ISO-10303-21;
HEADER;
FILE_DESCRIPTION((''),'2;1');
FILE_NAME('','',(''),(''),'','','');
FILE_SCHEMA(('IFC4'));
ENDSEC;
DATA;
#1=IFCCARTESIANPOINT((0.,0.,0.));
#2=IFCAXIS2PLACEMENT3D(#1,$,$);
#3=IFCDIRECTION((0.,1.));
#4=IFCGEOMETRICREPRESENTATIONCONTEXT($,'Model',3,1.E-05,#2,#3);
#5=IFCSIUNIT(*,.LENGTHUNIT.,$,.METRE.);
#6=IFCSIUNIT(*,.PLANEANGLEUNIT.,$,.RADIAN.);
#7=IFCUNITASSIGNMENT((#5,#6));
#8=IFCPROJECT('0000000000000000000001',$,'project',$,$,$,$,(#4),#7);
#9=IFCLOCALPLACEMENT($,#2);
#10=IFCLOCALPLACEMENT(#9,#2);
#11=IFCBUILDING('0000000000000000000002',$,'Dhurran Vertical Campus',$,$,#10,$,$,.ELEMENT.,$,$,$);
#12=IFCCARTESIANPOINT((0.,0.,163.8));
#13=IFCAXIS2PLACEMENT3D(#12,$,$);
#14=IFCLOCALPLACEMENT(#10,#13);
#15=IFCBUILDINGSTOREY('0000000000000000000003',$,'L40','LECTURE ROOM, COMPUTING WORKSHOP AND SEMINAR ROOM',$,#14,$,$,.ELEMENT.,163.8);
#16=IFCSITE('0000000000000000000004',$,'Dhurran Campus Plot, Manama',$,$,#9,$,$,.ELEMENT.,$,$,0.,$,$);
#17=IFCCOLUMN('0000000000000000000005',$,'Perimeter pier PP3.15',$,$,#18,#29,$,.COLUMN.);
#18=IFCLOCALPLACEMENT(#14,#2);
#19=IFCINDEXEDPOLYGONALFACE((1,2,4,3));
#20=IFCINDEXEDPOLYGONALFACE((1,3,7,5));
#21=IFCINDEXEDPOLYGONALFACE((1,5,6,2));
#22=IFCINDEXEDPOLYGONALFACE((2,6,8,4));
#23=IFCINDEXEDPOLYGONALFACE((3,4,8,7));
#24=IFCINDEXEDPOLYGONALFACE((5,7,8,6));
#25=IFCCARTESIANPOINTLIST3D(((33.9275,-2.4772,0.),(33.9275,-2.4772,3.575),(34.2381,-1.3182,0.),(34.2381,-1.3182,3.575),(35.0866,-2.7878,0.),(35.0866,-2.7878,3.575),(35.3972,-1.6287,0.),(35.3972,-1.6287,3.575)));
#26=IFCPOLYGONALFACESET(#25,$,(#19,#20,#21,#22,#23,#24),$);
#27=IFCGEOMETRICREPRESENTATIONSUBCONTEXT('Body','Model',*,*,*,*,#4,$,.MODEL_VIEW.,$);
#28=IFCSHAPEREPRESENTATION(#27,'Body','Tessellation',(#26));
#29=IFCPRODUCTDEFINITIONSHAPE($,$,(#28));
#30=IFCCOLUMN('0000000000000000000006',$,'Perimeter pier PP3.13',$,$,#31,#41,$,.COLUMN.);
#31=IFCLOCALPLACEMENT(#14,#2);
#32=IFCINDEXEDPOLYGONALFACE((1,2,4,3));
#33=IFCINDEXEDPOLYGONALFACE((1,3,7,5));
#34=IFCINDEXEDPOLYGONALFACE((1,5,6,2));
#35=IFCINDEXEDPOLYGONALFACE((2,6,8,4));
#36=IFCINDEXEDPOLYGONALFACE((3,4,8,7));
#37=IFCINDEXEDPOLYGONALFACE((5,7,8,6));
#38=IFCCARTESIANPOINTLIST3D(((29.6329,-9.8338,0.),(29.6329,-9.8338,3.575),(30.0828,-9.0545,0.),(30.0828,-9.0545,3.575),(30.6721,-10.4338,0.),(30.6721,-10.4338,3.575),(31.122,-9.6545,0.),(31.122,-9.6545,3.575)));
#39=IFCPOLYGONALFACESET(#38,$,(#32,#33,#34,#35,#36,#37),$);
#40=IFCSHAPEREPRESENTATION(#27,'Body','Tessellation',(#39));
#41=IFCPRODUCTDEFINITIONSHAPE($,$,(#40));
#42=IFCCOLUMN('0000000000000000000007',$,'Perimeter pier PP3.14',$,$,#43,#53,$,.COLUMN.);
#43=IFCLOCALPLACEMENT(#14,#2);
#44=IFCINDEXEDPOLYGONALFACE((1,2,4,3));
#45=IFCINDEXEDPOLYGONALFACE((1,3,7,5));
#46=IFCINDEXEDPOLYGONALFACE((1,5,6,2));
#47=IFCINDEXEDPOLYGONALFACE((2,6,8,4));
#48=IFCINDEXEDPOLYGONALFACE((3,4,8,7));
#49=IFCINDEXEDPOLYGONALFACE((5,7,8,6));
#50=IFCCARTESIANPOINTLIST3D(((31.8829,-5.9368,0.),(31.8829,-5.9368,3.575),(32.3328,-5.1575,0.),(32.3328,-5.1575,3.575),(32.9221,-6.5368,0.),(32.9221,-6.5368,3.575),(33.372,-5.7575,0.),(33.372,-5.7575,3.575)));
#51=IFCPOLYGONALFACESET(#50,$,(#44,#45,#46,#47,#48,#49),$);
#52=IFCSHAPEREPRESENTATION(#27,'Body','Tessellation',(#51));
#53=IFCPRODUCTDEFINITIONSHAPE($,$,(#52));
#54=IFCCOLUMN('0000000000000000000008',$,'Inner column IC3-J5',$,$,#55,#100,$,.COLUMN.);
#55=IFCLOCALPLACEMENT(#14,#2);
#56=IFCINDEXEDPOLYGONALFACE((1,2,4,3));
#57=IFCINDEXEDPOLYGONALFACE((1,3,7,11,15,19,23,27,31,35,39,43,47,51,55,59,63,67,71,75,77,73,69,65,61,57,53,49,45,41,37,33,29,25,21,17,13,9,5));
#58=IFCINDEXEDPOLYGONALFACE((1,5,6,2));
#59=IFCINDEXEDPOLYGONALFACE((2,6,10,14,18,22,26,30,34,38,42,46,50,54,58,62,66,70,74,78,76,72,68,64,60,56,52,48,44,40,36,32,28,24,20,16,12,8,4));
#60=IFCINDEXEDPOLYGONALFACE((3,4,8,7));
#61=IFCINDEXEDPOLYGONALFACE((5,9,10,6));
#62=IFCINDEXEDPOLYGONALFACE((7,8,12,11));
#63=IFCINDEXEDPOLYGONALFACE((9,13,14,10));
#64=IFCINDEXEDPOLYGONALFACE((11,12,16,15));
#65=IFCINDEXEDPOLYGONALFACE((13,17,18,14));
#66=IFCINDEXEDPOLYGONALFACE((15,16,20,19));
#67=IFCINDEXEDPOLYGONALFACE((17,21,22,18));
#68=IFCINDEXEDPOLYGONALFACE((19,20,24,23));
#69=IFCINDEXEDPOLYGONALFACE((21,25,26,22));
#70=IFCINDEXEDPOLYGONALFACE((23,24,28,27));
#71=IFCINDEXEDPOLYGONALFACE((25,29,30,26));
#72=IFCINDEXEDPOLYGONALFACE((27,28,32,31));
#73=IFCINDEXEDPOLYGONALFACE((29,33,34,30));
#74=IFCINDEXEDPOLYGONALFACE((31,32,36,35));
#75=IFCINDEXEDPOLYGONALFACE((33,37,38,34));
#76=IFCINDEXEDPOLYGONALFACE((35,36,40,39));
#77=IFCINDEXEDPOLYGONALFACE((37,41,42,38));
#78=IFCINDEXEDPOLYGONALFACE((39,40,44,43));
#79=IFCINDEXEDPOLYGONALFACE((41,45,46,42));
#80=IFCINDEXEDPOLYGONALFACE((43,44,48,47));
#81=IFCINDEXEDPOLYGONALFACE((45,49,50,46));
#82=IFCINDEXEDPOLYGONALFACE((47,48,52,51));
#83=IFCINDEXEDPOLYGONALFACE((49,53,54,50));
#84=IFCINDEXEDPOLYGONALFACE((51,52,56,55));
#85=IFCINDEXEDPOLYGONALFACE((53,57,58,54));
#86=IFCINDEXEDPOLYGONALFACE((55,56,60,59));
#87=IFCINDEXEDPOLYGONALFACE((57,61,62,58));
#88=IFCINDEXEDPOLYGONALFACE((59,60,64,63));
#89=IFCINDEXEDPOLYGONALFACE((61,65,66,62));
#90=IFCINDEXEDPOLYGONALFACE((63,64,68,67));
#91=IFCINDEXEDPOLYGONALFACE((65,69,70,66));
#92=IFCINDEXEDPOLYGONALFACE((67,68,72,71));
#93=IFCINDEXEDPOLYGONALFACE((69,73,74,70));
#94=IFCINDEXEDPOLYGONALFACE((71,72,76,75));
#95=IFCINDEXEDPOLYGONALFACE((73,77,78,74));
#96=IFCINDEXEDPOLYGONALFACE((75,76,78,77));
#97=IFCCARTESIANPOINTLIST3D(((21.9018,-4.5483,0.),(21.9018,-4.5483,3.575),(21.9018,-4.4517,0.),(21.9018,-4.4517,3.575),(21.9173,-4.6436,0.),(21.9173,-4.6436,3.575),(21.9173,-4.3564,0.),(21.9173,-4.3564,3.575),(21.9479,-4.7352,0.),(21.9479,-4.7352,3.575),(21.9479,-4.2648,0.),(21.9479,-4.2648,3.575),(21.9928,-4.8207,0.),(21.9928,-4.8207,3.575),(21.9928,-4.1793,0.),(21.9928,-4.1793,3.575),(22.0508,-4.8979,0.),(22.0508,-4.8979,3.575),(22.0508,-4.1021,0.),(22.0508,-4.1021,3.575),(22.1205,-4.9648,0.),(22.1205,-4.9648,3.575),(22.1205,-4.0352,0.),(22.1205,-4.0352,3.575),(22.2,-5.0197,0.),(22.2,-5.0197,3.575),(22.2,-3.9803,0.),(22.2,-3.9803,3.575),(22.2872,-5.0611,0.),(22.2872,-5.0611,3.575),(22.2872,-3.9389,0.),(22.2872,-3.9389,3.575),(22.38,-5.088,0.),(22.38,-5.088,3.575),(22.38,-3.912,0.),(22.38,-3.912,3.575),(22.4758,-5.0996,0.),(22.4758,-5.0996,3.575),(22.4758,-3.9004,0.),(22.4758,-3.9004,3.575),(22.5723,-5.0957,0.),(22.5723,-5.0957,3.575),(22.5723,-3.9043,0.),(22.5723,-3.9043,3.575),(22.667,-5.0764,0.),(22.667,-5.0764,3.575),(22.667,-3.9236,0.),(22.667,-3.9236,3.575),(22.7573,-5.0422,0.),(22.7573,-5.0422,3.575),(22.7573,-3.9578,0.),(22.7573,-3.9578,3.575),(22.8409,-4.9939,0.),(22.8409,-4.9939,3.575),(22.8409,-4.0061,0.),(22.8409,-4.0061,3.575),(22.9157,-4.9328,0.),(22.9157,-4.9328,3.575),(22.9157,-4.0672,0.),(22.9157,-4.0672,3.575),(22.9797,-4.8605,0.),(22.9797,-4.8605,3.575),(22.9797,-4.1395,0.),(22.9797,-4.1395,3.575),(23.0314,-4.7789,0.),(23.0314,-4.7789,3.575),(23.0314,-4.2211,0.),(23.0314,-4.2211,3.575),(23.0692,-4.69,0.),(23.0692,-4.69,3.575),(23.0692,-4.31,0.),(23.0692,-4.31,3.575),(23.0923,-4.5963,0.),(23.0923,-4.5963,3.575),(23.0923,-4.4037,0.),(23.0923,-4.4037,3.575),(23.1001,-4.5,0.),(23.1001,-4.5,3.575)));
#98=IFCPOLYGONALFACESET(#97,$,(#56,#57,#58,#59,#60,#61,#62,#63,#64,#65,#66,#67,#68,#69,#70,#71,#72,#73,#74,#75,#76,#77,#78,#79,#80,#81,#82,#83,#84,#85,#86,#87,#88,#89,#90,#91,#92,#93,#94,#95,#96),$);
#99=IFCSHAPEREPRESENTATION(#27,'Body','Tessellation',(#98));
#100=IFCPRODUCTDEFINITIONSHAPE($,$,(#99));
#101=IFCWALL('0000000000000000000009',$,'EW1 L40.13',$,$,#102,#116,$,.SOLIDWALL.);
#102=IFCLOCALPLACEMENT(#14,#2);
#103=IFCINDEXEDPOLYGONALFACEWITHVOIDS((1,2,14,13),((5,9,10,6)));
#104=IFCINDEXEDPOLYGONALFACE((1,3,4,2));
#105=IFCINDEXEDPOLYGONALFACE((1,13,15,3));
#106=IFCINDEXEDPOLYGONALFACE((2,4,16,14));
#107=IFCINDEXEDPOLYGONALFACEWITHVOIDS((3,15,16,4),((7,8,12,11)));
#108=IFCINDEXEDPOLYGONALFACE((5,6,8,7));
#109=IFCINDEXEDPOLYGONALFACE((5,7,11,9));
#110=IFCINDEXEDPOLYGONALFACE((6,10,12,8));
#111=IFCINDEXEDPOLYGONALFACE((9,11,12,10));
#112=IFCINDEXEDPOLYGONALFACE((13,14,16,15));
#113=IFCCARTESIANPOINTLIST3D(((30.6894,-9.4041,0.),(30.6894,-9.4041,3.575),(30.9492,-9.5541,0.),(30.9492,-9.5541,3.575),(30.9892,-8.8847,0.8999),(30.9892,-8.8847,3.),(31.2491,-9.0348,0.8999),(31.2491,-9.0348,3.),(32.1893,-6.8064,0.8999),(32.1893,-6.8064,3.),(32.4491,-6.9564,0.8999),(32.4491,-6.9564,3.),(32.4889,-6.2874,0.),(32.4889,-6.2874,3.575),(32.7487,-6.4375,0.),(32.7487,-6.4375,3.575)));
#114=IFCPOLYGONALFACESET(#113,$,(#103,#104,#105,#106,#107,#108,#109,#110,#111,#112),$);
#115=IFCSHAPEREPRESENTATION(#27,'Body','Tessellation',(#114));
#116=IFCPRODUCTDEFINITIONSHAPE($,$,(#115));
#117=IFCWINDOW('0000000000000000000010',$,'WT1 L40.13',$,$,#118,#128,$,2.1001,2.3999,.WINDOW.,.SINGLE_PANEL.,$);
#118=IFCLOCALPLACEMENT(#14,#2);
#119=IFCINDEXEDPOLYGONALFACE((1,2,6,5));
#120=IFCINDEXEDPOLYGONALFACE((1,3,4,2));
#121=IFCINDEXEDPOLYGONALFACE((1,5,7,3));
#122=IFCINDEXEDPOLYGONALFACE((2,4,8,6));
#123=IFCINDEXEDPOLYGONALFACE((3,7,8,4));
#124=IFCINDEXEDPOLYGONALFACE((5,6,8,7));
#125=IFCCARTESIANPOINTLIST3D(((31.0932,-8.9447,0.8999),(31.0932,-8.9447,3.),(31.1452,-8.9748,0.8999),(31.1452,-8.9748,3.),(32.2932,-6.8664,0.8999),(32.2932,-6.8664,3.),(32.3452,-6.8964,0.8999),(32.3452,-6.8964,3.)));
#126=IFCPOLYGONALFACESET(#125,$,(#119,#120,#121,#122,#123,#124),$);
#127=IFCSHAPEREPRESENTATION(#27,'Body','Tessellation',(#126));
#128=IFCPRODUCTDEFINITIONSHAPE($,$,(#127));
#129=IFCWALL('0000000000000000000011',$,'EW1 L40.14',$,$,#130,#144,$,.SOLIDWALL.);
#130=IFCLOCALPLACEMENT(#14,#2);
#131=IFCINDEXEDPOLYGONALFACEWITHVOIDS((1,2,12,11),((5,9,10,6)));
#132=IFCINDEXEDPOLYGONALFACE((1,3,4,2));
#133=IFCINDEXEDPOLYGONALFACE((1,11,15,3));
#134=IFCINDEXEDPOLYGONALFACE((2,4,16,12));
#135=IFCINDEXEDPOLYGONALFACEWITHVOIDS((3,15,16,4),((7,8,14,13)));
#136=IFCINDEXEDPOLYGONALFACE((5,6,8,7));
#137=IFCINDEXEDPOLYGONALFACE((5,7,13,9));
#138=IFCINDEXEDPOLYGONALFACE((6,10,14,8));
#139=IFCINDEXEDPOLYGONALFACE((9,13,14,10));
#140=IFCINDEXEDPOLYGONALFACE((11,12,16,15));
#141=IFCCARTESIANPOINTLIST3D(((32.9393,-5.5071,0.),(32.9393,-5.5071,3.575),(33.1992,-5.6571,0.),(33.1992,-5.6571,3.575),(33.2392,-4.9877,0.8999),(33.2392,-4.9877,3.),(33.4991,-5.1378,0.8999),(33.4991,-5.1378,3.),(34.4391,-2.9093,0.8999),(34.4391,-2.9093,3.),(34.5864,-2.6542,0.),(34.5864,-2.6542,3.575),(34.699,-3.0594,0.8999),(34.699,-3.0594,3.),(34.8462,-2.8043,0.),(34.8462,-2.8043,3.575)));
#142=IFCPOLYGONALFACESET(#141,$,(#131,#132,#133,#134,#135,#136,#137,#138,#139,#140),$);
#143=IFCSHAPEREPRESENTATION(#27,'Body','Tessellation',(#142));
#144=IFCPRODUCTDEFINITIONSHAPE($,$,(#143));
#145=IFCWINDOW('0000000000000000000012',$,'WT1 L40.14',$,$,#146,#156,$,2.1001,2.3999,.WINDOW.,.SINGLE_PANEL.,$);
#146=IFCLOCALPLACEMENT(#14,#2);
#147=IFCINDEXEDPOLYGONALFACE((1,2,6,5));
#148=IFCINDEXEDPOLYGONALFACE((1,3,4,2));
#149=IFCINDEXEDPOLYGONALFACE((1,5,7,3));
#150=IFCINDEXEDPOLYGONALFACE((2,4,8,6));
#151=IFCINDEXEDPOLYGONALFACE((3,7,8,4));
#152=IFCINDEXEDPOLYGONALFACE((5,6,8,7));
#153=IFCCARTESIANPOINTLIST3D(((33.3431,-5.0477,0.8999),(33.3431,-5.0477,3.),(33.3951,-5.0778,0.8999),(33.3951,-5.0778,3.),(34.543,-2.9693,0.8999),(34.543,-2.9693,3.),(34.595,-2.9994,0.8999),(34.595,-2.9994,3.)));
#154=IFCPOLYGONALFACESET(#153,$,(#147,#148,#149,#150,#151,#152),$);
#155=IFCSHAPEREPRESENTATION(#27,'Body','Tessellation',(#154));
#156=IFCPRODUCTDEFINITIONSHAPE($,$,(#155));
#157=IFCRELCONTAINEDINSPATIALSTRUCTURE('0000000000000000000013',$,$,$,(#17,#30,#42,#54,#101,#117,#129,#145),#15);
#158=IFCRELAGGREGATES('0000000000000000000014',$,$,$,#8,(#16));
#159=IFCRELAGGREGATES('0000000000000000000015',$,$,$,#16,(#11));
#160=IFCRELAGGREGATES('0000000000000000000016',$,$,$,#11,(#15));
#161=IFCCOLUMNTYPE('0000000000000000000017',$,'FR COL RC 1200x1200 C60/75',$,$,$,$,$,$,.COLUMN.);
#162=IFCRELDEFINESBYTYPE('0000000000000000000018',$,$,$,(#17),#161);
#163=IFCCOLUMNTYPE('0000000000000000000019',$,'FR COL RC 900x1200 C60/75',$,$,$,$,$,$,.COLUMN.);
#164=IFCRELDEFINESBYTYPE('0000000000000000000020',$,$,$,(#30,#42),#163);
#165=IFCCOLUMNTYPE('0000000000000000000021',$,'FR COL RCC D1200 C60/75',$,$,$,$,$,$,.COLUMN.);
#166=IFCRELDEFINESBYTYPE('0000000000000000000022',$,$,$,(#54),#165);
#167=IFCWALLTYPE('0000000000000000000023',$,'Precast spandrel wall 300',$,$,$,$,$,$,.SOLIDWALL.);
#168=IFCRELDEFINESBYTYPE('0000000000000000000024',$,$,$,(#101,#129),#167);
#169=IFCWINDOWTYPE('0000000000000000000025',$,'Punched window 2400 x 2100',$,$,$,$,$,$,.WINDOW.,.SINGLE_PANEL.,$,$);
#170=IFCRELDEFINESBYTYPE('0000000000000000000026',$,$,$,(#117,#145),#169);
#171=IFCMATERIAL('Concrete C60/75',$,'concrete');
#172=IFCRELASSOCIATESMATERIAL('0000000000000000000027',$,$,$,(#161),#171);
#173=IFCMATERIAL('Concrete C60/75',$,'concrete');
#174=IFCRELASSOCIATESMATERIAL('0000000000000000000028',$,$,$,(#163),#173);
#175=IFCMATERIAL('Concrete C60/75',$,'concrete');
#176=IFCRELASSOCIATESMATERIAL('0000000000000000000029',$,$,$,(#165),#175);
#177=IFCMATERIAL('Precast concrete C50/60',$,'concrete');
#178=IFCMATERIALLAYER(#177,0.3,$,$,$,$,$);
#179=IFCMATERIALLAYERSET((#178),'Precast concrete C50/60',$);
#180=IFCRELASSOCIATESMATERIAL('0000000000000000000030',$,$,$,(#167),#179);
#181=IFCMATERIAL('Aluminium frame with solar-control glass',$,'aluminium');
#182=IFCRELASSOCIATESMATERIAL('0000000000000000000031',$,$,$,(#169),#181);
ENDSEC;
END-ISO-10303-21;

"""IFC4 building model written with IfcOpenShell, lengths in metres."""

from ifc_helpers import new_model, si_unit, direction, frame, frame_2d, origin, origin_2d, place, context, subcontext, project, spatial, rectangle, circle, extrude, material, layer, layer_set, material_profile, profile_set, type_object, element, fill, save


model = new_model("IFC4")

# Units and contexts
model_context = context("Model", 3, precision=1e-05, world=origin(), true_north=direction((0.0, 1.0)))
body_context = subcontext(model_context, "Body", "Model", "MODEL_VIEW")
ifc_project = project(units=[si_unit("LENGTHUNIT", "METRE"), si_unit("PLANEANGLEUNIT", "RADIAN")], contexts=[model_context])

# Site, building, storey
site_placement = place(None, origin())
site = spatial("IfcSite", under=ifc_project, at=site_placement, Name="Dhurran Campus Plot, Manama", CompositionType="ELEMENT", RefElevation=0.0)
building_placement = place(site_placement, origin())
building = spatial("IfcBuilding", under=site, at=building_placement, Name="Dhurran Vertical Campus", CompositionType="ELEMENT")
storey_placement = place(building_placement, frame((0.0, 0.0, 163.8)))
storey = spatial("IfcBuildingStorey", under=building, at=storey_placement, Name="L40", Description="LECTURE ROOM, COMPUTING WORKSHOP AND SEMINAR ROOM", CompositionType="ELEMENT", Elevation=163.8)

# Columns
ifc_material_1 = material(Name="Concrete C60/75", Category="concrete")
ifc_material_profile_1 = material_profile(ifc_material_1, rectangle(XDim=1.2, YDim=1.2, at=origin_2d()), Name="RC 1200x1200")
ifc_profile_set_1 = profile_set([ifc_material_profile_1], Name="Concrete C60/75")
column_type_1 = type_object("IfcColumnType", Name="FR COL RC 1200x1200 C60/75", PredefinedType="COLUMN", material=ifc_profile_set_1)
column_1_placement = place(storey_placement, frame((34.6624, -2.053, 0.0), z_axis=(0.0, 0.0, 1.0), x_axis=(0.258819, 0.965926, 0.0)))
element("IfcColumn", 1, at=column_1_placement, inside=storey, type_object=column_type_1, Name="Perimeter pier PP3.15", PredefinedType="COLUMN", context=body_context, shape_type="SweptSolid", body=[
    extrude(rectangle(XDim=1.2, YDim=1.2, at=origin_2d()), origin(), (0.0, 0.0, 1.0), 3.575),
])
ifc_material_2 = material(Name="Concrete C60/75", Category="concrete")
ifc_material_profile_2 = material_profile(ifc_material_2, rectangle(XDim=0.8999, YDim=1.2, at=origin_2d()), Name="RC 900x1200")
ifc_profile_set_2 = profile_set([ifc_material_profile_2], Name="Concrete C60/75")
column_type_2 = type_object("IfcColumnType", Name="FR COL RC 900x1200 C60/75", PredefinedType="COLUMN", material=ifc_profile_set_2)
for number, where, z_axis, x_axis, name in (
    (2, (30.3774, -9.7441, 0.0), (0.0, 0.0, 1.0), (0.5, 0.866025, 0.0), "Perimeter pier PP3.13"),
    (3, (32.6274, -5.8472, 0.0), (0.0, 0.0, 1.0), (0.5, 0.866025, 0.0), "Perimeter pier PP3.14"),
):
    element("IfcColumn", number, at=place(storey_placement, frame(where, z_axis=z_axis, x_axis=x_axis)), inside=storey, type_object=column_type_2, Name=name, PredefinedType="COLUMN", context=body_context, shape_type="SweptSolid", body=[
        extrude(rectangle(XDim=0.8999, YDim=1.2, at=origin_2d()), origin(), (0.0, 0.0, 1.0), 3.575),
    ])
ifc_material_3 = material(Name="Concrete C60/75", Category="concrete")
ifc_material_profile_3 = material_profile(ifc_material_3, circle(Radius=0.6001, at=origin_2d()), Name="RCC D1200")
ifc_profile_set_3 = profile_set([ifc_material_profile_3], Name="Concrete C60/75")
column_type_3 = type_object("IfcColumnType", Name="FR COL RCC D1200 C60/75", PredefinedType="COLUMN", material=ifc_profile_set_3)
column_2_placement = place(storey_placement, frame((22.5, -4.5, 0.0), z_axis=(0.0, 0.0, 1.0), x_axis=(1.0, 0.0, 0.0)))
element("IfcColumn", 4, at=column_2_placement, inside=storey, type_object=column_type_3, Name="Inner column IC3-J5", PredefinedType="COLUMN", context=body_context, shape_type="SweptSolid", body=[
    extrude(circle(Radius=0.6001, at=origin_2d()), origin(), (0.0, 0.0, 1.0), 3.575),
])

# Walls, openings, windows
ifc_material_4 = material(Name="Precast concrete C50/60", Category="concrete")
ifc_layer_1 = layer(ifc_material_4, 0.3)
ifc_layer_set_1 = layer_set([ifc_layer_1], Name="Precast concrete C50/60")
wall_type_1 = type_object("IfcWallType", Name="Precast spandrel wall 300", PredefinedType="SOLIDWALL", material=ifc_layer_set_1)
wall_1_placement = place(storey_placement, frame((30.8193, -9.479, 0.0), z_axis=(0.0, 0.0, 1.0), x_axis=(0.500028, 0.866009, 0.0)))
wall_1 = element("IfcWall", 5, at=wall_1_placement, inside=storey, type_object=wall_type_1, Name="EW1 L40.13", PredefinedType="SOLIDWALL", context=body_context, shape_type="SweptSolid", body=[
    extrude(rectangle(XDim=3.5989, YDim=0.3, at=frame_2d((1.7993, 0.0))), origin(), (0.0, 0.0, 1.0), 3.575),
])
opening_1_placement = place(wall_1_placement, frame((0.5996, 0.0, 0.8999)))
opening_1 = element("IfcOpeningElement", 6, at=opening_1_placement, cuts=wall_1, PredefinedType="OPENING", context=body_context, shape_type="SweptSolid", body=[
    extrude(rectangle(XDim=2.3999, YDim=2.1001, at=frame_2d((1.2, 1.05))), frame((0.0, 0.1599, 0.0), z_axis=(0.0, -1.0, 0.0), x_axis=(1.0, 0.0, 0.0)), (0.0, 0.0, 1.0), 0.3201),
])
ifc_material_5 = material(Name="Aluminium frame with solar-control glass", Category="aluminium")
window_type = type_object("IfcWindowType", Name="Punched window 2400 x 2100", PartitioningType="SINGLE_PANEL", PredefinedType="WINDOW", material=ifc_material_5)
window_1_placement = place(opening_1_placement, origin())
window_1 = element("IfcWindow", 7, at=window_1_placement, inside=storey, type_object=window_type, Name="WT1 L40.13", OverallHeight=2.1001, OverallWidth=2.3999, PartitioningType="SINGLE_PANEL", PredefinedType="WINDOW", context=body_context, shape_type="SweptSolid", body=[
    extrude(rectangle(XDim=2.3999, YDim=2.1001, at=frame_2d((1.2, 1.05))), frame((0.0, 0.03, 0.0), z_axis=(0.0, -1.0, 0.0), x_axis=(1.0, 0.0, 0.0)), (0.0, 0.0, 1.0), 0.0601),
])
fill(opening_1, window_1)
wall_2_placement = place(storey_placement, frame((33.0693, -5.582, 0.0), z_axis=(0.0, 0.0, 1.0), x_axis=(0.499981, 0.866036, 0.0)))
wall_2 = element("IfcWall", 8, at=wall_2_placement, inside=storey, type_object=wall_type_1, Name="EW1 L40.14", PredefinedType="SOLIDWALL", context=body_context, shape_type="SweptSolid", body=[
    extrude(rectangle(XDim=3.2942, YDim=0.3, at=frame_2d((1.647, 0.0))), origin(), (0.0, 0.0, 1.0), 3.575),
])
opening_2_placement = place(wall_2_placement, frame((0.5996, 0.0, 0.8999)))
opening_2 = element("IfcOpeningElement", 9, at=opening_2_placement, cuts=wall_2, PredefinedType="OPENING", context=body_context, shape_type="SweptSolid", body=[
    extrude(rectangle(XDim=2.3999, YDim=2.1001, at=frame_2d((1.2, 1.05))), frame((0.0, 0.1599, 0.0), z_axis=(0.0, -1.0, 0.0), x_axis=(1.0, 0.0, 0.0)), (0.0, 0.0, 1.0), 0.3201),
])
window_2_placement = place(opening_2_placement, origin())
window_2 = element("IfcWindow", 10, at=window_2_placement, inside=storey, type_object=window_type, Name="WT1 L40.14", OverallHeight=2.1001, OverallWidth=2.3999, PartitioningType="SINGLE_PANEL", PredefinedType="WINDOW", context=body_context, shape_type="SweptSolid", body=[
    extrude(rectangle(XDim=2.3999, YDim=2.1001, at=frame_2d((1.2, 1.05))), frame((0.0, 0.03, 0.0), z_axis=(0.0, -1.0, 0.0), x_axis=(1.0, 0.0, 0.0)), (0.0, 0.0, 1.0), 0.0601),
])
fill(opening_2, window_2)

save(model, "model.ifc")
